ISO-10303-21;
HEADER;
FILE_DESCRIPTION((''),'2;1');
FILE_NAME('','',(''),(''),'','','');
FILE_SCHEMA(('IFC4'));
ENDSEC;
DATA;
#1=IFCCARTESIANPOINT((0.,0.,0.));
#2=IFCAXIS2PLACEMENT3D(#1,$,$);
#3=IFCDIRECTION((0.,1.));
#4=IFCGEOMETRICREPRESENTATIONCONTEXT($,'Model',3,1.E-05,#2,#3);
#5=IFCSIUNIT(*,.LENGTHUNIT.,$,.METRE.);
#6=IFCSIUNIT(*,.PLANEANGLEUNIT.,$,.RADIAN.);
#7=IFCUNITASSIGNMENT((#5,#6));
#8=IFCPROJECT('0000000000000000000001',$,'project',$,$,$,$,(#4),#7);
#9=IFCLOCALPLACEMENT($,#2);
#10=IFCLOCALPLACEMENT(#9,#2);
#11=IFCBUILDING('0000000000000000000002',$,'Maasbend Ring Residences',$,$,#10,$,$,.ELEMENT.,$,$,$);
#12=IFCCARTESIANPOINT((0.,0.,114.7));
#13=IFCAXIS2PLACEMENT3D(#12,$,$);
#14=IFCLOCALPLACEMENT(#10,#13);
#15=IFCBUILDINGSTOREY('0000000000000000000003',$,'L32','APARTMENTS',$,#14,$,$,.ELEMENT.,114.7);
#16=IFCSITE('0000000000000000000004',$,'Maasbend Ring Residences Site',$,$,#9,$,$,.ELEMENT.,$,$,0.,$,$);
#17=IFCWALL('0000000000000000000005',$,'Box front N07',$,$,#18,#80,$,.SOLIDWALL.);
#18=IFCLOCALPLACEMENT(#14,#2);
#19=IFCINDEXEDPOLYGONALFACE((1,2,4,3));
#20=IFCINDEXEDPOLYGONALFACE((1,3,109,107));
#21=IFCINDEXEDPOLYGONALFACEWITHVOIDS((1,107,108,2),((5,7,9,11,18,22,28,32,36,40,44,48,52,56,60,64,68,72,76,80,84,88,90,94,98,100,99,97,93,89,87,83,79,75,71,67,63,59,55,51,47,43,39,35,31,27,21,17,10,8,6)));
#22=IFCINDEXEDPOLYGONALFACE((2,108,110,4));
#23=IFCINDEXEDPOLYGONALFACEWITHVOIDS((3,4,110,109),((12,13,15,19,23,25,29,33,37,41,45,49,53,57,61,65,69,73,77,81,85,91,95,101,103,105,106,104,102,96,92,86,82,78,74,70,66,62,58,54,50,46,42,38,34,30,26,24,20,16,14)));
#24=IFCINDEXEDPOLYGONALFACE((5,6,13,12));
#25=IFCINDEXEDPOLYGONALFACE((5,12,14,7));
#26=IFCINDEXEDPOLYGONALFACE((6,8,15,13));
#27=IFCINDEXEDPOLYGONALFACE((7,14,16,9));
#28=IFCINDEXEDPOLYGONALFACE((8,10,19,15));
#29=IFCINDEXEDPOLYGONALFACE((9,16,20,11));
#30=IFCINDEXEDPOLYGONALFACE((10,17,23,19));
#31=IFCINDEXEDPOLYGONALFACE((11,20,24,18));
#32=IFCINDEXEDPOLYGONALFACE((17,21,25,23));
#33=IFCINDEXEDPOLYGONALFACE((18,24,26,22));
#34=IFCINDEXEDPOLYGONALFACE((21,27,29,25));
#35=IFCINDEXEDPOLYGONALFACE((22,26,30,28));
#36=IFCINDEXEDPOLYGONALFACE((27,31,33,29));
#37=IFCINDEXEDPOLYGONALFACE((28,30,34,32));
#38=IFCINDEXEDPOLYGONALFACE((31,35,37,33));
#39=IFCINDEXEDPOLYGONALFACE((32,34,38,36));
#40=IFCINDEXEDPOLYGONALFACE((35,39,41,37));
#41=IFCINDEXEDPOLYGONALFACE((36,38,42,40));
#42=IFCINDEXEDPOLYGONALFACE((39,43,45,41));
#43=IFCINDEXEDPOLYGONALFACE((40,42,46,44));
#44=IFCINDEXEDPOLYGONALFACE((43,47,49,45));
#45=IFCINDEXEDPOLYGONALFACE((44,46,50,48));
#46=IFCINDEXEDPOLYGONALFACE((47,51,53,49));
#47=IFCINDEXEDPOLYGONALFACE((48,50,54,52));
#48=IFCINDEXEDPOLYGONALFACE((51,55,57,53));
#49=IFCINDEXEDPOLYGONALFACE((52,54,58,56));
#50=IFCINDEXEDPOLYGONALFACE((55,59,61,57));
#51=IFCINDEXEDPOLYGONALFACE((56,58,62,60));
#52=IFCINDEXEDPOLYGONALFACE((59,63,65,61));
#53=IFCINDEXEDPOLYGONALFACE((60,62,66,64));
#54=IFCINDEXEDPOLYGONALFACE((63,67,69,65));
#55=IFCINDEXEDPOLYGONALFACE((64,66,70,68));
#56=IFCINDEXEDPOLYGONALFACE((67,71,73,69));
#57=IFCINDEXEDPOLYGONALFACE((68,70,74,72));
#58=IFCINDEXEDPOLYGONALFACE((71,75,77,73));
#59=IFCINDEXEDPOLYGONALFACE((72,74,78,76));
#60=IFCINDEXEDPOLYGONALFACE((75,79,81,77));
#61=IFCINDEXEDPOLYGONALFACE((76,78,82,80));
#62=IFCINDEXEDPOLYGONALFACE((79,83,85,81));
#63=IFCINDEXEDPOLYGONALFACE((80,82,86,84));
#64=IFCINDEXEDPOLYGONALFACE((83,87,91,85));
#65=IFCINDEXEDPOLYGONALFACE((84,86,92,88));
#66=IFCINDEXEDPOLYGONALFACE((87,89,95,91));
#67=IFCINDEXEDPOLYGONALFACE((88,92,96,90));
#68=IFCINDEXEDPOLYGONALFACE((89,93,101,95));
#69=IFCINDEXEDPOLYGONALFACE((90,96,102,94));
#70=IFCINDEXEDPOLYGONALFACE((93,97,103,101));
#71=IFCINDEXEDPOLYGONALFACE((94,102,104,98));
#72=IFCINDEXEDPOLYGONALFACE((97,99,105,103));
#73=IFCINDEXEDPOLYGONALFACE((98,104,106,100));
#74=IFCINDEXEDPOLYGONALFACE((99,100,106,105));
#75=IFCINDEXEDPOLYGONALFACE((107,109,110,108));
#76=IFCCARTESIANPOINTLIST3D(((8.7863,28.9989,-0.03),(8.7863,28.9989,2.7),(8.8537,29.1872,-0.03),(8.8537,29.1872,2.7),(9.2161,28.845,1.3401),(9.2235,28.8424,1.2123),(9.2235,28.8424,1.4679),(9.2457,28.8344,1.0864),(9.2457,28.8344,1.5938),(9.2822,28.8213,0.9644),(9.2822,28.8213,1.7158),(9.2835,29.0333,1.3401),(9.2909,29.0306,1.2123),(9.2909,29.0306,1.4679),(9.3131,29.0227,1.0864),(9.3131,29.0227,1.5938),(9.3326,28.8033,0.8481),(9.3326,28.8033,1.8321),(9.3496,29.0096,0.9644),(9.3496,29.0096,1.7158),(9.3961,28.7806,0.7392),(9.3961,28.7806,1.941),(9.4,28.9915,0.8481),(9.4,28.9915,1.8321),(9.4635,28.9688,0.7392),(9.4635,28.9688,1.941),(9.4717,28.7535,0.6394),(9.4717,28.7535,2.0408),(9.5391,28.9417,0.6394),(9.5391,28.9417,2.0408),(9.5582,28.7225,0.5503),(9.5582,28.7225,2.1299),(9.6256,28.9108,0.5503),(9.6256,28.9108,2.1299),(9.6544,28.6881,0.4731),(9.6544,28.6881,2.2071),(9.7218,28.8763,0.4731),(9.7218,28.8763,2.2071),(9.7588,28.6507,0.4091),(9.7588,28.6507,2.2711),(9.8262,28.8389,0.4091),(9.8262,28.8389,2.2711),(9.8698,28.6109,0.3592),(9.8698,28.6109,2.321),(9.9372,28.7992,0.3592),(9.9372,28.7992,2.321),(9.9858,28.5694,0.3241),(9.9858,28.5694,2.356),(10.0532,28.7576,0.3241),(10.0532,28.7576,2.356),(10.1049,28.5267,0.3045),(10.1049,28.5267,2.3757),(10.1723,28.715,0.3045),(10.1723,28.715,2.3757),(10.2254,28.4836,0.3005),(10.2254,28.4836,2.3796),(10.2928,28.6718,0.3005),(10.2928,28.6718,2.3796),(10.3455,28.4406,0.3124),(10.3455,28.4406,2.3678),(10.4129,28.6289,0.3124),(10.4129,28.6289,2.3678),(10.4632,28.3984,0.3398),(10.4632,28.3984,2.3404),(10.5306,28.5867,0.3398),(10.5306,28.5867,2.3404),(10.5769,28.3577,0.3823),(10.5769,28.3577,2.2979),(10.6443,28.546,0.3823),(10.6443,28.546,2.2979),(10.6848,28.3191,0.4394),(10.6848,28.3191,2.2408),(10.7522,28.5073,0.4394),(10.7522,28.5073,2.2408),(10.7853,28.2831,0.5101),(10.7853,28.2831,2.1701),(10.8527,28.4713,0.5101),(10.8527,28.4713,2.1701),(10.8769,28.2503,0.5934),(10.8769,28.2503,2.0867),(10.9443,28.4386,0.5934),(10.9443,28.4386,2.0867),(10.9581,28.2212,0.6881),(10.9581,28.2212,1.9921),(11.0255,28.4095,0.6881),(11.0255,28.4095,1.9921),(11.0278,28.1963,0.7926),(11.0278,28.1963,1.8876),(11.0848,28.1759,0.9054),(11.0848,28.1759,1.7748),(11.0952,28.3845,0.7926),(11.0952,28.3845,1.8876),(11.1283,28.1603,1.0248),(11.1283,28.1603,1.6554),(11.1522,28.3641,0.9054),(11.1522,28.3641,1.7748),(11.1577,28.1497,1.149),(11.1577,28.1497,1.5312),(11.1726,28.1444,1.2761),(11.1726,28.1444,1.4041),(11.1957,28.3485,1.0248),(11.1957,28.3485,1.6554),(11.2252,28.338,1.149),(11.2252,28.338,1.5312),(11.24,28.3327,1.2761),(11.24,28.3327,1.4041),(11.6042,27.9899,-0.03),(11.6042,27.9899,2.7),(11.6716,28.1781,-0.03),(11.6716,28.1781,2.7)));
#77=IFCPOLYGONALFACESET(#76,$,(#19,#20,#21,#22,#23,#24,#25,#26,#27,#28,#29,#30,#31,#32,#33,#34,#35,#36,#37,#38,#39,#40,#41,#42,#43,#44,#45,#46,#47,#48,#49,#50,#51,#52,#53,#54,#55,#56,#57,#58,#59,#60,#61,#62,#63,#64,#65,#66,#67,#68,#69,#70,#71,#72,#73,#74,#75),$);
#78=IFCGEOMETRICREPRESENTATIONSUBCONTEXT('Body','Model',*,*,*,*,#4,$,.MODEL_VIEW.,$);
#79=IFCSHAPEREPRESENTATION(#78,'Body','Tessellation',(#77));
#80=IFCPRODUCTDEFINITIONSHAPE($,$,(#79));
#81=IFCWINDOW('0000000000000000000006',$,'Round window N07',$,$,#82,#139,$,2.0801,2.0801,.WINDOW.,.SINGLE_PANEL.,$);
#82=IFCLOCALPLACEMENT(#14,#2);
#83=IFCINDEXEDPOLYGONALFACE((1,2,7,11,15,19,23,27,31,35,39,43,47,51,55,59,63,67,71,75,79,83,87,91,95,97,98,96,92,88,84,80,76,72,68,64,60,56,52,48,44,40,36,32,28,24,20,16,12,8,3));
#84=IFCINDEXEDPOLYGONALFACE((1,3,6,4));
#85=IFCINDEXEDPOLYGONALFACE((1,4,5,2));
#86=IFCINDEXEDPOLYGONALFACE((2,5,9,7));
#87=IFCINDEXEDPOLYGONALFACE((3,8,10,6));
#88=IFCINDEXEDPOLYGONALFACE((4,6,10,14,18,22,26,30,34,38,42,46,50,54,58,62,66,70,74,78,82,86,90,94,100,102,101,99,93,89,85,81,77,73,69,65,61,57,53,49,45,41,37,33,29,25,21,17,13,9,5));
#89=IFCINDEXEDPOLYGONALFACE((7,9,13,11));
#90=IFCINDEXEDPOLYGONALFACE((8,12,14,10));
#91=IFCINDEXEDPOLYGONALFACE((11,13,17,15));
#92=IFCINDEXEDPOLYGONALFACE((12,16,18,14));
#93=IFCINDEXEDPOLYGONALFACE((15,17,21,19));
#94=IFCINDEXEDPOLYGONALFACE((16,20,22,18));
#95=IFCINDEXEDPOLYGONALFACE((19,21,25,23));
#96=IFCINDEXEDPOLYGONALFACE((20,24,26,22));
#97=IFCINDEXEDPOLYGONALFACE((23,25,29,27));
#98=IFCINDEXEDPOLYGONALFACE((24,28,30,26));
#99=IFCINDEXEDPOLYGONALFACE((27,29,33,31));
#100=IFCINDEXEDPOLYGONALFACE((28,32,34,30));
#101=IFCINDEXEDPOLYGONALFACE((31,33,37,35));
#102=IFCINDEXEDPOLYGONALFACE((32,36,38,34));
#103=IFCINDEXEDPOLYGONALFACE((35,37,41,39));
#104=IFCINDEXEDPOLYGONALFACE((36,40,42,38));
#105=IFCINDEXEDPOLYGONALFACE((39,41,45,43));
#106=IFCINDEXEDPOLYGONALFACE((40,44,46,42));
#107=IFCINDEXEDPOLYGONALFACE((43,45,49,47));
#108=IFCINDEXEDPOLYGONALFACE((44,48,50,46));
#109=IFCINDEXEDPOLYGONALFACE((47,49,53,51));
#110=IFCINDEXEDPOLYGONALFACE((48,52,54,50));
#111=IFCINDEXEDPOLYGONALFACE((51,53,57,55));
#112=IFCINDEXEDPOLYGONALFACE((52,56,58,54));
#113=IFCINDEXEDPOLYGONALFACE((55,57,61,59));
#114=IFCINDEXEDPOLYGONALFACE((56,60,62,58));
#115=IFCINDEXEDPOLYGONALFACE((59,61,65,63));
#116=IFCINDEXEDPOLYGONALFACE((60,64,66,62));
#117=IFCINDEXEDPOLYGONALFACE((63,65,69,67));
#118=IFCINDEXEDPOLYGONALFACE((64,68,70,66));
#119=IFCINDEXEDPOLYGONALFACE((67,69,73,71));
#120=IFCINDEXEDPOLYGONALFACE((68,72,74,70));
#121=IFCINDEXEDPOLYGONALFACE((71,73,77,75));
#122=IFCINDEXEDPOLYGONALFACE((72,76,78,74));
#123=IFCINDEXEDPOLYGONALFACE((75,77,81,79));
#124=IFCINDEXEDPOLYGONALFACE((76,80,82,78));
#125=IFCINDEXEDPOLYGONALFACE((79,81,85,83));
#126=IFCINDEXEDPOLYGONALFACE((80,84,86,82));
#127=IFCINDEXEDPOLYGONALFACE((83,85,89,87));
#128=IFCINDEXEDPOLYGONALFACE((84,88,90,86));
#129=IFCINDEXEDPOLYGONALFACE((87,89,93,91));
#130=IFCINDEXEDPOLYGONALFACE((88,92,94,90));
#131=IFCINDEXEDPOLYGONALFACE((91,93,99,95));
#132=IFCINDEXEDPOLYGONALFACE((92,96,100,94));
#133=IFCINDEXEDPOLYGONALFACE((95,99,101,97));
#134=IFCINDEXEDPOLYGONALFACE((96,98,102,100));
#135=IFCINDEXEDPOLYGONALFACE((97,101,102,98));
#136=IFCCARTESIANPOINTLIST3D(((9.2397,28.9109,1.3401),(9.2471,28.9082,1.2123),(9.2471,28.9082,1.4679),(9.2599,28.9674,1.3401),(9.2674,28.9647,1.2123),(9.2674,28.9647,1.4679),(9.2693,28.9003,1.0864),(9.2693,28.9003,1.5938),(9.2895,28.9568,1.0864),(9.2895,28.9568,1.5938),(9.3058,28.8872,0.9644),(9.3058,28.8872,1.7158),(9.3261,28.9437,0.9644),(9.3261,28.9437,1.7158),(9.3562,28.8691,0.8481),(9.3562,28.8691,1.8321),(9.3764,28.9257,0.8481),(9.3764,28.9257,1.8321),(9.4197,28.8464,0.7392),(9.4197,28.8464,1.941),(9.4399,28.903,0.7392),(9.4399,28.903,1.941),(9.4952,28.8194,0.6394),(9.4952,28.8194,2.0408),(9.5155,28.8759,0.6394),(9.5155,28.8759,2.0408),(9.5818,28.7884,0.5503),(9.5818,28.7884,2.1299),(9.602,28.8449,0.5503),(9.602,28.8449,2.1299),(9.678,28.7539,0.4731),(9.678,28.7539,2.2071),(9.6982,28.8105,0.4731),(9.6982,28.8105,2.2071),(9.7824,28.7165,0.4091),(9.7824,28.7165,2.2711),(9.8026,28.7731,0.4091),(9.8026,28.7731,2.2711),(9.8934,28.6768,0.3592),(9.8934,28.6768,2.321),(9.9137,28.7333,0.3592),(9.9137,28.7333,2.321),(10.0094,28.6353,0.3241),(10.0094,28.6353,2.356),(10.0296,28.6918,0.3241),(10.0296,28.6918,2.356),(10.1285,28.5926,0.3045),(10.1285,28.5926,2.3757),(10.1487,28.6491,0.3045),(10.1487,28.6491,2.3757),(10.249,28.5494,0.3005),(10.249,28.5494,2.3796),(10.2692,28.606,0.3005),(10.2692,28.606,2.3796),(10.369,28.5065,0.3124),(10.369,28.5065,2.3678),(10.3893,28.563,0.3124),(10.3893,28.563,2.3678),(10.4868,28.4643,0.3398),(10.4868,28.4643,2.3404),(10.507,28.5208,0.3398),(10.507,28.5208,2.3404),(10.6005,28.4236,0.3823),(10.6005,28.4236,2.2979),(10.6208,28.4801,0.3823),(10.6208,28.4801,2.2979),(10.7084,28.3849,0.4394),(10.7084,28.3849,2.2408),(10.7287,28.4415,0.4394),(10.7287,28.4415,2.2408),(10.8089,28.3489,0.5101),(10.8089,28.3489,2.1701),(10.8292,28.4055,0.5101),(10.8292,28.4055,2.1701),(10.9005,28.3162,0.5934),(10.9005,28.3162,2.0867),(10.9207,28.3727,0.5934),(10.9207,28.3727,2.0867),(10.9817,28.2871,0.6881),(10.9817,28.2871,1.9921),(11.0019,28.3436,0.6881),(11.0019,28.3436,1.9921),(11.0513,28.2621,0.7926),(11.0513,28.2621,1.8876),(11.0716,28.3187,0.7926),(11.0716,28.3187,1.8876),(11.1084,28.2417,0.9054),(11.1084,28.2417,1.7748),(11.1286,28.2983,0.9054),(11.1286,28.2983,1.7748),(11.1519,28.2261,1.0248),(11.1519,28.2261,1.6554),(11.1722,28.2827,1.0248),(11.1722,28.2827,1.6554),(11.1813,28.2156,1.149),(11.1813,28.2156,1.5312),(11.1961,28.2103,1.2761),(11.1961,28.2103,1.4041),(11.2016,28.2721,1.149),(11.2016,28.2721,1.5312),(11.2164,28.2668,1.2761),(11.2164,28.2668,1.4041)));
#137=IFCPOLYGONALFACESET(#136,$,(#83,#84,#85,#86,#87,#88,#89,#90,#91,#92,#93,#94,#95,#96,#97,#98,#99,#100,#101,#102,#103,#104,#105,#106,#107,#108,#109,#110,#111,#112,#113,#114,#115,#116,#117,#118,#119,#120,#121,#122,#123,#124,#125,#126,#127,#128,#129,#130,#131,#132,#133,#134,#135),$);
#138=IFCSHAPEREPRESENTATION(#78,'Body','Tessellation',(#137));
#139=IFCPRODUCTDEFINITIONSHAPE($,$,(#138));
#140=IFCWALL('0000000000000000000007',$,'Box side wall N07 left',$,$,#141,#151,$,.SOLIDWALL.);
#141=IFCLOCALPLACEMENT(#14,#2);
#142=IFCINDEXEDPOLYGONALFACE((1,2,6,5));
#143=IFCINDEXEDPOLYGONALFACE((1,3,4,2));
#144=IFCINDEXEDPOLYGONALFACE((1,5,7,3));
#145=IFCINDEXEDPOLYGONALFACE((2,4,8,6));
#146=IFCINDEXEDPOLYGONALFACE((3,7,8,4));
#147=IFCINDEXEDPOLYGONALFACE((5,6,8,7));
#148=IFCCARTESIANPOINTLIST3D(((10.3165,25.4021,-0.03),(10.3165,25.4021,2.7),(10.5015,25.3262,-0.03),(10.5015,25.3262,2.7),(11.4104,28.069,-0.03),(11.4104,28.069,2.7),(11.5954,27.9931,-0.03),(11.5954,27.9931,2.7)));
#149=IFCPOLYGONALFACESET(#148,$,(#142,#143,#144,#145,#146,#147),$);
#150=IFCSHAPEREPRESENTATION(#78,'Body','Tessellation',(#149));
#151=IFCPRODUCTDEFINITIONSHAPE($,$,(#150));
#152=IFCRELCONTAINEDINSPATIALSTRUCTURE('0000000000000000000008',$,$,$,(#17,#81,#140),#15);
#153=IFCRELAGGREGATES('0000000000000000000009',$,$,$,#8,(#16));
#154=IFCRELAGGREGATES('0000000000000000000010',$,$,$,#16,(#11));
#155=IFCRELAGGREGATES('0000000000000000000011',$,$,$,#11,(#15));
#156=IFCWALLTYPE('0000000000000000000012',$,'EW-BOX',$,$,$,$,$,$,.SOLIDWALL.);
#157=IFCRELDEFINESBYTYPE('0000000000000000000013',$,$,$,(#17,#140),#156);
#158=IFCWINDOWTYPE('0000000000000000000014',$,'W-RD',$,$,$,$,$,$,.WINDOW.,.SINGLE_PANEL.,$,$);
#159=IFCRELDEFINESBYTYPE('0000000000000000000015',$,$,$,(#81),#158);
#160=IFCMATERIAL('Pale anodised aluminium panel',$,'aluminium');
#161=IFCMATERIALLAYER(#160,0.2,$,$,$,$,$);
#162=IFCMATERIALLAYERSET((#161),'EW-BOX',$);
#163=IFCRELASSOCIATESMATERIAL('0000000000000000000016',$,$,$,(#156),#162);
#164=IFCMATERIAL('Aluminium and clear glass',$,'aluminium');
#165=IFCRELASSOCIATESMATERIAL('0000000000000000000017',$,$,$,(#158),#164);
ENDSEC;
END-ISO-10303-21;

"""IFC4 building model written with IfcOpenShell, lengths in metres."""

from ifc_helpers import new_model, si_unit, direction, frame, frame_2d, origin, place, context, subcontext, project, spatial, rectangle, circle, extrude, material, layer, layer_set, type_object, element, fill, save


model = new_model("IFC4")

# Units and contexts
model_context = context("Model", 3, precision=1e-05, world=origin(), true_north=direction((0.0, 1.0)))
body_context = subcontext(model_context, "Body", "Model", "MODEL_VIEW")
ifc_project = project(units=[si_unit("LENGTHUNIT", "METRE"), si_unit("PLANEANGLEUNIT", "RADIAN")], contexts=[model_context])

# Site, building, storey
site_placement = place(None, origin())
site = spatial("IfcSite", under=ifc_project, at=site_placement, Name="Maasbend Ring Residences Site", CompositionType="ELEMENT", RefElevation=0.0)
building_placement = place(site_placement, origin())
building = spatial("IfcBuilding", under=site, at=building_placement, Name="Maasbend Ring Residences", CompositionType="ELEMENT")
storey_placement = place(building_placement, frame((0.0, 0.0, 114.7)))
storey = spatial("IfcBuildingStorey", under=building, at=storey_placement, Name="L32", Description="APARTMENTS", CompositionType="ELEMENT", Elevation=114.7)

# Shared definitions
ifc_material_1 = material(Name="Pale anodised aluminium panel", Category="aluminium")
ifc_layer_1 = layer(ifc_material_1, 0.2)
ifc_layer_set_1 = layer_set([ifc_layer_1], Name="EW-BOX")
wall_type_1 = type_object("IfcWallType", Name="EW-BOX", PredefinedType="SOLIDWALL", material=ifc_layer_set_1)

# Wall, opening, window
wall_1_placement = place(storey_placement, frame((11.6379, 28.084, -0.03), z_axis=(0.0, 0.0, 1.0), x_axis=(-0.941461, 0.337122, 0.0)))
wall_1 = element("IfcWall", 1, at=wall_1_placement, inside=storey, type_object=wall_type_1, Name="Box front N07", PredefinedType="SOLIDWALL", context=body_context, shape_type="SweptSolid", body=[
    extrude(rectangle(XDim=2.9932, YDim=0.2, at=frame_2d((1.4966, 0.0))), origin(), (0.0, 0.0, 1.0), 2.73),
])
opening_1_placement = place(wall_1_placement, frame((0.4565, 0.0, 0.3301)))
opening_1 = element("IfcOpeningElement", 2, at=opening_1_placement, cuts=wall_1, PredefinedType="OPENING", context=body_context, shape_type="SweptSolid", body=[
    extrude(circle(Radius=1.04, at=frame_2d((1.04, 1.04))), frame((0.0, 0.1099, 0.0), z_axis=(0.0, -1.0, 0.0), x_axis=(1.0, 0.0, 0.0)), (0.0, 0.0, 1.0), 0.22),
])
ifc_material_2 = material(Name="Aluminium and clear glass", Category="aluminium")
window_type_1 = type_object("IfcWindowType", Name="W-RD", PartitioningType="SINGLE_PANEL", PredefinedType="WINDOW", material=ifc_material_2)
window_1_placement = place(opening_1_placement, origin())
window_1 = element("IfcWindow", 3, at=window_1_placement, inside=storey, type_object=window_type_1, Name="Round window N07", OverallHeight=2.0801, OverallWidth=2.0801, PartitioningType="SINGLE_PANEL", PredefinedType="WINDOW", context=body_context, shape_type="SweptSolid", body=[
    extrude(circle(Radius=1.04, at=frame_2d((1.04, 1.04))), frame((0.0, 0.03, 0.0), z_axis=(0.0, -1.0, 0.0), x_axis=(1.0, 0.0, 0.0)), (0.0, 0.0, 1.0), 0.0601),
])
fill(opening_1, window_1)

# Wall
wall_2_placement = place(storey_placement, frame((10.4089, 25.364, -0.03), z_axis=(0.0, 0.0, 1.0), x_axis=(0.37951, 0.925188, 0.0)))
element("IfcWall", 4, at=wall_2_placement, inside=storey, type_object=wall_type_1, Name="Box side wall N07 left", PredefinedType="SOLIDWALL", context=body_context, shape_type="SweptSolid", body=[
    extrude(rectangle(XDim=2.8826, YDim=0.2, at=frame_2d((1.4414, 0.0))), origin(), (0.0, 0.0, 1.0), 2.73),
])

save(model, "model.ifc")
